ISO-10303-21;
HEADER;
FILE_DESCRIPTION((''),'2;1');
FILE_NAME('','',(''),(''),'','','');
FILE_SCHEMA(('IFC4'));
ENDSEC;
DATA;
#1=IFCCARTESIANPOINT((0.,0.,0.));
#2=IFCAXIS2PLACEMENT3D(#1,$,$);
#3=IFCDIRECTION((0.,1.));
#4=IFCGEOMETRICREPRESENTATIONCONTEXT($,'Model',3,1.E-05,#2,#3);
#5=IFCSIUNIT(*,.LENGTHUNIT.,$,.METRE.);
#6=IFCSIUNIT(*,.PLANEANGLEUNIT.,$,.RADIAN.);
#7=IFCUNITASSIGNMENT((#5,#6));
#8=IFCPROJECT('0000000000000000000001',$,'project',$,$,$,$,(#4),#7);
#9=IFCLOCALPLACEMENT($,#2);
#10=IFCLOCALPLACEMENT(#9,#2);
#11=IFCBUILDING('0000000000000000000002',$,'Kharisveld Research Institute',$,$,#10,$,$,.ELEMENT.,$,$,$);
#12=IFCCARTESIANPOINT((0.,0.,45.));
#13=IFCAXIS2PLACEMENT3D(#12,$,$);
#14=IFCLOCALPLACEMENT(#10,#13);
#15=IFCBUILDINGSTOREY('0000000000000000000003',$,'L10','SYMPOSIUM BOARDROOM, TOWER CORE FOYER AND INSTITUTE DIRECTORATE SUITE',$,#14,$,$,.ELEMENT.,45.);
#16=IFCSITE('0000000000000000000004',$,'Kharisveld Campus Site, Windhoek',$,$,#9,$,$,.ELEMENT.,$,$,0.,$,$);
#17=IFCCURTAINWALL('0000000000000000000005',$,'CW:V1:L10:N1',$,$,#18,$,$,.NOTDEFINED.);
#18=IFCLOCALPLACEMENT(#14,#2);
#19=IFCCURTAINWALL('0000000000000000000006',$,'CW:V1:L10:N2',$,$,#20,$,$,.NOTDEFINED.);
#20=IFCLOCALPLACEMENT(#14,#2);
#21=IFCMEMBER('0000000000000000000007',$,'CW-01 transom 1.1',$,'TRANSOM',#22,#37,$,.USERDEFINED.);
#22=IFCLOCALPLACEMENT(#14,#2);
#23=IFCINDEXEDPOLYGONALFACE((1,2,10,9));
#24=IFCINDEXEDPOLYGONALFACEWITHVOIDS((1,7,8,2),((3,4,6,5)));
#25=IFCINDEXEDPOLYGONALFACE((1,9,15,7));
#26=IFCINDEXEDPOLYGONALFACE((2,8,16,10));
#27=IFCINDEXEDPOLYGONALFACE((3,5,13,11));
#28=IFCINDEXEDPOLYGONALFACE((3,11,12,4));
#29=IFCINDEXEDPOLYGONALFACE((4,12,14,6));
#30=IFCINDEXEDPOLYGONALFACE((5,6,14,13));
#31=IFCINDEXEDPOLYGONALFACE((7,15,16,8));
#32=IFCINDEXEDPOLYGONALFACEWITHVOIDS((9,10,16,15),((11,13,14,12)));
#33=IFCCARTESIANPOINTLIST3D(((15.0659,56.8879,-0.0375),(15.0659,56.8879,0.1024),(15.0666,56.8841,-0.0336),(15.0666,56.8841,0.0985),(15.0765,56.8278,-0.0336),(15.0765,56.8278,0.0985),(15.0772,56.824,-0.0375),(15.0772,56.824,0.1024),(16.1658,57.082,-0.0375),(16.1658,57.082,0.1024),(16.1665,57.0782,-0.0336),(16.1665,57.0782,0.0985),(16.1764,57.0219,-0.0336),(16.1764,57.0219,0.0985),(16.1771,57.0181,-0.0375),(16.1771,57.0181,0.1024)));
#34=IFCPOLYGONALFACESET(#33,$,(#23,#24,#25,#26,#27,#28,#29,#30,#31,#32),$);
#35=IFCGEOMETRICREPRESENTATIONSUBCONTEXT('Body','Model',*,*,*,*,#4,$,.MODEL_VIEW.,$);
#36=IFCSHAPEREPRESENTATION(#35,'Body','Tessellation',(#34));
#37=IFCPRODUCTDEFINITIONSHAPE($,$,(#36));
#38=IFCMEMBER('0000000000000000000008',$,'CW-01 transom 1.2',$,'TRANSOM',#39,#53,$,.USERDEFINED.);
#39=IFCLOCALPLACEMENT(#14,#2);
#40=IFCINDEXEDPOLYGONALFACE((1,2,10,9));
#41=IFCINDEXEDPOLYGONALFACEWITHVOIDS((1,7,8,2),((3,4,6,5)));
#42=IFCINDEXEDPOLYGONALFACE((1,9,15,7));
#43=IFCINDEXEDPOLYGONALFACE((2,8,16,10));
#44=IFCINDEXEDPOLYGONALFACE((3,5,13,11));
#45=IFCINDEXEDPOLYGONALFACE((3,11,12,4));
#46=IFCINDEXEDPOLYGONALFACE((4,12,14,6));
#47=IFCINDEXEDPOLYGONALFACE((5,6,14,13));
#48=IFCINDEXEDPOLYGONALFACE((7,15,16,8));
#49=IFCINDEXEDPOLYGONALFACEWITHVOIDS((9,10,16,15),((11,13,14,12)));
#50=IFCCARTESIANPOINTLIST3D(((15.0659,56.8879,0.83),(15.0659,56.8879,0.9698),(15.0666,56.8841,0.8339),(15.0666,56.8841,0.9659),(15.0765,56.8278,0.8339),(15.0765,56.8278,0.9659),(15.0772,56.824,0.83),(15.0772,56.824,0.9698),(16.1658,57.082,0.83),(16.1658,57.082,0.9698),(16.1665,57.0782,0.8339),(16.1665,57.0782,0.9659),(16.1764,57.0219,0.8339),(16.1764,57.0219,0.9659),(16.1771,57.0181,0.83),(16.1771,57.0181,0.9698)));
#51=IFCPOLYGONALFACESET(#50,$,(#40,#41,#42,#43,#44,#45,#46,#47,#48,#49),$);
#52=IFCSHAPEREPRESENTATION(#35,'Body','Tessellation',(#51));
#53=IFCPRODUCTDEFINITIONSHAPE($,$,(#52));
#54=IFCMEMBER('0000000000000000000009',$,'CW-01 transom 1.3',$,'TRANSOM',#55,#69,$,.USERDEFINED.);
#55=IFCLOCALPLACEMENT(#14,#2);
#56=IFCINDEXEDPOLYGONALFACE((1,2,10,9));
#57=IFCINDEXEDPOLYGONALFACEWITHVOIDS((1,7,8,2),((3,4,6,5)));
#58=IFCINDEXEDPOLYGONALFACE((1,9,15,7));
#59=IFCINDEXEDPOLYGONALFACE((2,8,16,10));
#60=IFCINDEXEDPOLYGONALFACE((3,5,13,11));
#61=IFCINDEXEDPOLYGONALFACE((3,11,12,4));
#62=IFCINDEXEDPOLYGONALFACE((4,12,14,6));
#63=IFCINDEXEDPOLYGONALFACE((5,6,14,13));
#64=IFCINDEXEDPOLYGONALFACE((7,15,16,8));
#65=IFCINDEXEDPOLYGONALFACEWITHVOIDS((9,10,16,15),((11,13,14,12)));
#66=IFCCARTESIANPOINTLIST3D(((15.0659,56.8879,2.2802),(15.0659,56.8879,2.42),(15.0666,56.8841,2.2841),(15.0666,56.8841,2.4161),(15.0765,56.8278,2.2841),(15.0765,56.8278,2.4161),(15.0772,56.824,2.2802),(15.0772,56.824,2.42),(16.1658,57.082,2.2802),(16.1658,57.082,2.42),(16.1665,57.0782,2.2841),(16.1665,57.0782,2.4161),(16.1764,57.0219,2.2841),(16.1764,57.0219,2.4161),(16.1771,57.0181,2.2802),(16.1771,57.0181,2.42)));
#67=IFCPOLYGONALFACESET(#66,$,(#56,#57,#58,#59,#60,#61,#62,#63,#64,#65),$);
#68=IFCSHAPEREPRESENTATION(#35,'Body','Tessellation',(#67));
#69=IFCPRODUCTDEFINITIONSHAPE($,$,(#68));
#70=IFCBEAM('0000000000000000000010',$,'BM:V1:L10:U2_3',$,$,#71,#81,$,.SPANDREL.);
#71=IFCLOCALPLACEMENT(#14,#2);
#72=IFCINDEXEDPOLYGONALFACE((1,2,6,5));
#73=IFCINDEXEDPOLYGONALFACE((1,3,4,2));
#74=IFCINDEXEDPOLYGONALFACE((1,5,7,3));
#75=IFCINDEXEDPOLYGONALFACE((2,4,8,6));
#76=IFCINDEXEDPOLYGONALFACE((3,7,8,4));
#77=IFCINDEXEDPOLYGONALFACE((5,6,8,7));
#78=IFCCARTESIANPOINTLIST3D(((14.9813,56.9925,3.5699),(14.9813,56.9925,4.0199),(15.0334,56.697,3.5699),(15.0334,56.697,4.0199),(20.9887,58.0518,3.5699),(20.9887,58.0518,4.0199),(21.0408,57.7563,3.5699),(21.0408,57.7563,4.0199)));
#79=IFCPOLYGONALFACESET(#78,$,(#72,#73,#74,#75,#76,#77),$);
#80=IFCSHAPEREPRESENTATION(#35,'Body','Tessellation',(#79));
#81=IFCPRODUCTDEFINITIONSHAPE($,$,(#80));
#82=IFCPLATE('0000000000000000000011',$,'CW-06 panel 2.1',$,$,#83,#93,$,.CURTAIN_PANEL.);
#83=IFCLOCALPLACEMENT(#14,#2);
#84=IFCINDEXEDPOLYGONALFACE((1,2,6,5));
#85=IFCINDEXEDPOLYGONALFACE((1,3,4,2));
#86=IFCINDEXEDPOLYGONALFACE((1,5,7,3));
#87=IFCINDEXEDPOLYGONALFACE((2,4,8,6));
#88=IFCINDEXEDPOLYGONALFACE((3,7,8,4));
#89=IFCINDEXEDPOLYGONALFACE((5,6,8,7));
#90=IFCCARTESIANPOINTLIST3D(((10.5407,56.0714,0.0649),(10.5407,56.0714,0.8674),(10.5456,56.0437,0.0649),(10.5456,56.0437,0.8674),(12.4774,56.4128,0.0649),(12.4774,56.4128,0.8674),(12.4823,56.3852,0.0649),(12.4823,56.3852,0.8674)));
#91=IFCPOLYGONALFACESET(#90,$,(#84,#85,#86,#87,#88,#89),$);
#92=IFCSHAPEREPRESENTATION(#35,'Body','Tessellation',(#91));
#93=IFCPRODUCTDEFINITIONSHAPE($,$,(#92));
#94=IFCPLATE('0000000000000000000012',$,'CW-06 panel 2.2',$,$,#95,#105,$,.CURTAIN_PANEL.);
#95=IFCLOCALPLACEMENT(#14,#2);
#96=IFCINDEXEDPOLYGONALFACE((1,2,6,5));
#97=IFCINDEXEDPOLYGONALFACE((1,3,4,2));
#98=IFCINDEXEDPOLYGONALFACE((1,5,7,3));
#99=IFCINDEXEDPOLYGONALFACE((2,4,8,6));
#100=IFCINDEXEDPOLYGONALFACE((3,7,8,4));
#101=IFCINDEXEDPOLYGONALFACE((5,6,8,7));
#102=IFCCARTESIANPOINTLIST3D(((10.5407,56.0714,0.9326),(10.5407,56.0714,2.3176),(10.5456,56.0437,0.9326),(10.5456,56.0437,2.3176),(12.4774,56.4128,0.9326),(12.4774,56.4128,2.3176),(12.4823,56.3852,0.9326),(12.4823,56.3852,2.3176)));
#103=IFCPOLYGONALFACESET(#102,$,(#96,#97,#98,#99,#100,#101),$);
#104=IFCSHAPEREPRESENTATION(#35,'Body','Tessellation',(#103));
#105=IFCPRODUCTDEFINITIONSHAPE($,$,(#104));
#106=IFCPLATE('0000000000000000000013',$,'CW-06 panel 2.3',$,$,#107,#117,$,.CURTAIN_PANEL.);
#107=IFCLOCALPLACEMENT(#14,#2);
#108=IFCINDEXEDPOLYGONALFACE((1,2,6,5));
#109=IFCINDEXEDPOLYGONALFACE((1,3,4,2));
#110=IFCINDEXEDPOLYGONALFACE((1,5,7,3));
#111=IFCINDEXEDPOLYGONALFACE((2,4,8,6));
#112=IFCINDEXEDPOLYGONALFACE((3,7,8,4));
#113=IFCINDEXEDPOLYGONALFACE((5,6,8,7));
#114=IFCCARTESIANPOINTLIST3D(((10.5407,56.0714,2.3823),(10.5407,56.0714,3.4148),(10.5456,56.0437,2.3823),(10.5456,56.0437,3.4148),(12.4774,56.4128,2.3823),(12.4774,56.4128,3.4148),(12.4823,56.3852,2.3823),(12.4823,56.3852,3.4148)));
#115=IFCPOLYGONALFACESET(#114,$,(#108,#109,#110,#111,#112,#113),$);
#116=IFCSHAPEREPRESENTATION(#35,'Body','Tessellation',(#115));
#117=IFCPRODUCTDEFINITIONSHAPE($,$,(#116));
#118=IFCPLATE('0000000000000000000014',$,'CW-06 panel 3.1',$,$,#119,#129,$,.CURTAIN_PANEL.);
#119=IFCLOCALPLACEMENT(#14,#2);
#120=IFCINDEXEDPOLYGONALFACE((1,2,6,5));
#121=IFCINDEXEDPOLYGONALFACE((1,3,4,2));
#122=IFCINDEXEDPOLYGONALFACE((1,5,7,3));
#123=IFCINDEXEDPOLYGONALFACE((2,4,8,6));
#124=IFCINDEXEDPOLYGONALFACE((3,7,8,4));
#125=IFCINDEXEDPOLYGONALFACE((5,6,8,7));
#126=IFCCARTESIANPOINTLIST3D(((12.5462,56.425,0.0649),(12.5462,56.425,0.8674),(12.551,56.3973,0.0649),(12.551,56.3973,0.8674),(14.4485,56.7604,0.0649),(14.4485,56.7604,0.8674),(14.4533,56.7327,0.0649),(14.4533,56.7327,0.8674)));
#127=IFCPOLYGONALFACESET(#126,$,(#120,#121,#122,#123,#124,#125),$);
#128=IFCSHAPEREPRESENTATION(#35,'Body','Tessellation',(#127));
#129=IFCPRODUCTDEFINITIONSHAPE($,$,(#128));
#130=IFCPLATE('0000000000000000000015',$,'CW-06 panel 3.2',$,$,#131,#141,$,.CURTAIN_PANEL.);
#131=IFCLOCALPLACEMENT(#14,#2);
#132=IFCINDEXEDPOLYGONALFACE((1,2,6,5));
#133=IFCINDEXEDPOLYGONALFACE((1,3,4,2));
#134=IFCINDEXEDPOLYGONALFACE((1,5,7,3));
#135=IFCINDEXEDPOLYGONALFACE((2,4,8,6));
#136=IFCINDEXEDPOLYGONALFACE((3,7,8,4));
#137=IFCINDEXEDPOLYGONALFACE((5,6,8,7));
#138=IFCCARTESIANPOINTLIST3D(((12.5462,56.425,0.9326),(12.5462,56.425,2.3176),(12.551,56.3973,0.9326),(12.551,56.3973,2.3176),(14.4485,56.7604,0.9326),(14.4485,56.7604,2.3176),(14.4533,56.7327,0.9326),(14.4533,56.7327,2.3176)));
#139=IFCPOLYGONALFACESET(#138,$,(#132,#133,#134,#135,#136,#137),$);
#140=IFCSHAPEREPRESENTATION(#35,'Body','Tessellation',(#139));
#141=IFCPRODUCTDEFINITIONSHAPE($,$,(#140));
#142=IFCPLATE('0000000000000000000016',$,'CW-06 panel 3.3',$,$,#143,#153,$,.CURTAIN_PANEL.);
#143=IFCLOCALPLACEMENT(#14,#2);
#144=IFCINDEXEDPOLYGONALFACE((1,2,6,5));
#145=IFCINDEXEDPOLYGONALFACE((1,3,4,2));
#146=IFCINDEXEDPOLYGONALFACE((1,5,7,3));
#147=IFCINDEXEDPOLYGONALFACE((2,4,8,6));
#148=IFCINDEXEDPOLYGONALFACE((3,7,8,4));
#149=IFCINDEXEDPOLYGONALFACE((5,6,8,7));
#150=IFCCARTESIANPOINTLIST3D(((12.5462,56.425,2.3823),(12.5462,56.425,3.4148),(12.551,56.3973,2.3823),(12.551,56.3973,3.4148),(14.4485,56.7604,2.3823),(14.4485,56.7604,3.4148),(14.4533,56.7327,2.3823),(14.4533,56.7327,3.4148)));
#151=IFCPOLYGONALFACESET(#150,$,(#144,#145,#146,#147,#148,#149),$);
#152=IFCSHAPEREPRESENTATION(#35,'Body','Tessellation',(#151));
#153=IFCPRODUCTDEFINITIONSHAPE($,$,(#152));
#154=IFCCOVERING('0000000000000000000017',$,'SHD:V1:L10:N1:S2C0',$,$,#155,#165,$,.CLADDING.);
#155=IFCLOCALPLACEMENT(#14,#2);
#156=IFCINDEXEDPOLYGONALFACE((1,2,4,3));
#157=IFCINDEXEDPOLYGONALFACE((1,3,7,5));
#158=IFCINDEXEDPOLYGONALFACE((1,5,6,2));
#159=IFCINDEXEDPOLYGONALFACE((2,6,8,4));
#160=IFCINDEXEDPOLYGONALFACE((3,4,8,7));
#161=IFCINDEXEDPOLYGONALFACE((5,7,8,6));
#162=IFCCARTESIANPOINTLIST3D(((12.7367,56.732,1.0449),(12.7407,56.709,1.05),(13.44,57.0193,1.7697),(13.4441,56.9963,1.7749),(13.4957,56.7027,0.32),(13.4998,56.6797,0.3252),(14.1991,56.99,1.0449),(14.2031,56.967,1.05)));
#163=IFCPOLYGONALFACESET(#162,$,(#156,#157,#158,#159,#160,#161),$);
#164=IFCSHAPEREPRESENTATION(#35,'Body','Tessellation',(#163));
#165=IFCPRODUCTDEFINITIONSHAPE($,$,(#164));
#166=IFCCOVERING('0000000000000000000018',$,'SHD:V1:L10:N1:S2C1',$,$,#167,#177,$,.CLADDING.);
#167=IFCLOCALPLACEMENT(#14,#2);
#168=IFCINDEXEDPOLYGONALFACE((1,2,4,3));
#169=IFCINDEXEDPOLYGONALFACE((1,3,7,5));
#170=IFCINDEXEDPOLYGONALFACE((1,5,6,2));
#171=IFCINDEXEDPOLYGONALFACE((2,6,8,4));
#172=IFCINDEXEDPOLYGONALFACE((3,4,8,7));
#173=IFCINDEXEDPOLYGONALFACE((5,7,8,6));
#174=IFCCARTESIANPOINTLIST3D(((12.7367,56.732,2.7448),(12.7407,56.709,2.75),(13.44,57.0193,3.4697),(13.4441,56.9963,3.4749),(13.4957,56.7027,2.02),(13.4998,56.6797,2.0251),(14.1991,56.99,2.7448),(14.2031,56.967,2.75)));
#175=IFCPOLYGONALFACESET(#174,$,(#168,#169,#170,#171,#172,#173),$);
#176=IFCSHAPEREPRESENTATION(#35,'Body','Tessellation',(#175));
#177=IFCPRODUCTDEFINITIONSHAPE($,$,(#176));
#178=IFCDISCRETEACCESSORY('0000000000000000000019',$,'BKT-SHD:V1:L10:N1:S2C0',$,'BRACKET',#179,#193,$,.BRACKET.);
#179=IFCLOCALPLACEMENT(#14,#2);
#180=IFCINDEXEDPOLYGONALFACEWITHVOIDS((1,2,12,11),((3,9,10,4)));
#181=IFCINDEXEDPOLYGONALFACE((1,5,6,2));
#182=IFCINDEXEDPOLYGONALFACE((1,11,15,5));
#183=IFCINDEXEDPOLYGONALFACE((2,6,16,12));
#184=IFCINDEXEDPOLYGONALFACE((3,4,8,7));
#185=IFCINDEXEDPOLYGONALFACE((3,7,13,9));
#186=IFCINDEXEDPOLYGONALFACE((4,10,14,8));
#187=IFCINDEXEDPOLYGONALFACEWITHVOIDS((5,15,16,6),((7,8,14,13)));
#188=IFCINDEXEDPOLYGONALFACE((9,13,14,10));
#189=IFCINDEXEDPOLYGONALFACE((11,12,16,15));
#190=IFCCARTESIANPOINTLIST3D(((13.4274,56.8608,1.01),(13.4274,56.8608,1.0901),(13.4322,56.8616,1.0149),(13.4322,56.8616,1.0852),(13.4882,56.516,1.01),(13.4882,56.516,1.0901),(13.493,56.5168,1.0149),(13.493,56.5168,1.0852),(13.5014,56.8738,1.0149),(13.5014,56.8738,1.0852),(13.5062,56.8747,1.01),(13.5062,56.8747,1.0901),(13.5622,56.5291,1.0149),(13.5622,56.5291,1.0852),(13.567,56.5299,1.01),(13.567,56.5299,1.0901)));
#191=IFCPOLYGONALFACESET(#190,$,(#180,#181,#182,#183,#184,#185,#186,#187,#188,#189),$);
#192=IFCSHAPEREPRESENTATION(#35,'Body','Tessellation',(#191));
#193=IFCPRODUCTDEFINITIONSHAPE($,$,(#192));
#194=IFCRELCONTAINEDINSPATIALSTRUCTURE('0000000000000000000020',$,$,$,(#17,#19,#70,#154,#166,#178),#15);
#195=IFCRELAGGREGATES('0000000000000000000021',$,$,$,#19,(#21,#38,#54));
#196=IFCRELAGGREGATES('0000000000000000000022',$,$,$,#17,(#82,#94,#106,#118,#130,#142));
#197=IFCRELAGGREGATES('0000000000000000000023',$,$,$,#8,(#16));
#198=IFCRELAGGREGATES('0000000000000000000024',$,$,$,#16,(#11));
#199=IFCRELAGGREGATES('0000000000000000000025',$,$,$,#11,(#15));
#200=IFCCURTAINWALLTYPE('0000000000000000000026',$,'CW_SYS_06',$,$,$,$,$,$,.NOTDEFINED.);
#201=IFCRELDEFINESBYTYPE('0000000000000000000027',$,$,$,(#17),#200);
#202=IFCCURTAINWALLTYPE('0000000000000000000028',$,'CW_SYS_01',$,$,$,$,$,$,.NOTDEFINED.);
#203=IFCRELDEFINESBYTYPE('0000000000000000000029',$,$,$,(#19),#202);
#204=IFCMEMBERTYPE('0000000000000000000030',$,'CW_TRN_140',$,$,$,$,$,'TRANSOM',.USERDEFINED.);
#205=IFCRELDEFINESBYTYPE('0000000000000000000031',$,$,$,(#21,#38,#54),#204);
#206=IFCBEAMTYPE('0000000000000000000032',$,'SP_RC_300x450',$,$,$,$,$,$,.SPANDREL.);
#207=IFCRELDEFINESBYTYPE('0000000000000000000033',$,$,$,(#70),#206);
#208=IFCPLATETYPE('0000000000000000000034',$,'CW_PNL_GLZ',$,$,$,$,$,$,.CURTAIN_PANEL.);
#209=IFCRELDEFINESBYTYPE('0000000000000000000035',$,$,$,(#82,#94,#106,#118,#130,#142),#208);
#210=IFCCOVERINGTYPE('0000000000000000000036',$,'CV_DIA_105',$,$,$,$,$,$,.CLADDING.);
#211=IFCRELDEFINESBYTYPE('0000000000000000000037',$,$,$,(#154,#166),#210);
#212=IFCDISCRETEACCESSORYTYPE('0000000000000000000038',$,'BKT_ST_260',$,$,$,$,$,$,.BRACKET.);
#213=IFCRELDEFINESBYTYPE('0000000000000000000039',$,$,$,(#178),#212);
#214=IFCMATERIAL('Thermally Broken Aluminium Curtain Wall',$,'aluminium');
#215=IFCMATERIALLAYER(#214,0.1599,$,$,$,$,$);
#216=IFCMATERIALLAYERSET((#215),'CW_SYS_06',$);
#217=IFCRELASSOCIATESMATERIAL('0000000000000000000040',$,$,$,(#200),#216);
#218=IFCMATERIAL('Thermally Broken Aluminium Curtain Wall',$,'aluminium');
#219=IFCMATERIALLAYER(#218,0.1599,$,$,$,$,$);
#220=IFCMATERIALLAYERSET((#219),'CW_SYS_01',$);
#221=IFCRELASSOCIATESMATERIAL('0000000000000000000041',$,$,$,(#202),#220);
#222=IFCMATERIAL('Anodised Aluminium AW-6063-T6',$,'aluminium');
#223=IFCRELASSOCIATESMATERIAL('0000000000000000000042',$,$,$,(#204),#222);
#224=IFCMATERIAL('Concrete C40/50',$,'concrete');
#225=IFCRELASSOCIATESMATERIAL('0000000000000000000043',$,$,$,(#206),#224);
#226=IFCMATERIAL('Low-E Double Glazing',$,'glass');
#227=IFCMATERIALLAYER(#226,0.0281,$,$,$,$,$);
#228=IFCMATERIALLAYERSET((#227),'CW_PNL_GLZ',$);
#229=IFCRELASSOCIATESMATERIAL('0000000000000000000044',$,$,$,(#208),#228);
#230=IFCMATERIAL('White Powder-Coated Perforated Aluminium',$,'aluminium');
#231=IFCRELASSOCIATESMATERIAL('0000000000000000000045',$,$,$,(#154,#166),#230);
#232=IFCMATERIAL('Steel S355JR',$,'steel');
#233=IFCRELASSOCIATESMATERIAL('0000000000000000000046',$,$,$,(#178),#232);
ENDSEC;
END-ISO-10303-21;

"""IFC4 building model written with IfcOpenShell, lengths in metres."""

from ifc_helpers import new_model, si_unit, direction, frame, origin, origin_2d, place, context, subcontext, project, spatial, polyline, rectangle, hollow_rectangle, outline, extrude, material, layer, layer_set, material_profile, profile_set, type_object, element, aggregate, save


model = new_model("IFC4")

# Units and contexts
model_context = context("Model", 3, precision=1e-05, world=origin(), true_north=direction((0.0, 1.0)))
body_context = subcontext(model_context, "Body", "Model", "MODEL_VIEW")
ifc_project = project(units=[si_unit("LENGTHUNIT", "METRE"), si_unit("PLANEANGLEUNIT", "RADIAN")], contexts=[model_context])

# Site, building, storey
site_placement = place(None, origin())
site = spatial("IfcSite", under=ifc_project, at=site_placement, Name="Kharisveld Campus Site, Windhoek", CompositionType="ELEMENT", RefElevation=0.0)
building_placement = place(site_placement, origin())
building = spatial("IfcBuilding", under=site, at=building_placement, Name="Kharisveld Research Institute", CompositionType="ELEMENT")
storey_placement = place(building_placement, frame((0.0, 0.0, 45.0)))
storey = spatial("IfcBuildingStorey", under=building, at=storey_placement, Name="L10", Description="SYMPOSIUM BOARDROOM, TOWER CORE FOYER AND INSTITUTE DIRECTORATE SUITE", CompositionType="ELEMENT", Elevation=45.0)

# Curtain wall
ifc_material_1 = material(Name="Thermally Broken Aluminium Curtain Wall", Category="aluminium")
ifc_layer_1 = layer(ifc_material_1, 0.1599)
ifc_layer_set_1 = layer_set([ifc_layer_1], Name="CW_SYS_06")
curtain_wall_type_1 = type_object("IfcCurtainWallType", Name="CW_SYS_06", PredefinedType="NOTDEFINED", material=ifc_layer_set_1)
curtain_wall_1_placement = place(storey_placement, origin())
curtain_wall_1 = element("IfcCurtainWall", 1, at=curtain_wall_1_placement, inside=storey, type_object=curtain_wall_type_1, Name="CW:V1:L10:N1", PredefinedType="NOTDEFINED")

# Curtain wall
ifc_material_2 = material(Name="Thermally Broken Aluminium Curtain Wall", Category="aluminium")
ifc_layer_2 = layer(ifc_material_2, 0.1599)
ifc_layer_set_2 = layer_set([ifc_layer_2], Name="CW_SYS_01")
curtain_wall_type_2 = type_object("IfcCurtainWallType", Name="CW_SYS_01", PredefinedType="NOTDEFINED", material=ifc_layer_set_2)
curtain_wall_2_placement = place(storey_placement, origin())
curtain_wall_2 = element("IfcCurtainWall", 2, at=curtain_wall_2_placement, inside=storey, type_object=curtain_wall_type_2, Name="CW:V1:L10:N2", PredefinedType="NOTDEFINED")

# Members
ifc_material_3 = material(Name="Anodised Aluminium AW-6063-T6", Category="aluminium")
ifc_material_profile_1 = material_profile(ifc_material_3, hollow_rectangle(XDim=0.0649, YDim=0.1399, WallThickness=0.0039, at=origin_2d()))
ifc_profile_set_1 = profile_set([ifc_material_profile_1], Name="Anodised Aluminium AW-6063-T6")
member_type_1 = type_object("IfcMemberType", Name="CW_TRN_140", ElementType="TRANSOM", PredefinedType="USERDEFINED", material=ifc_profile_set_1)
member_1_placement = place(storey_placement, frame((15.0715, 56.856, 0.0325), z_axis=(0.984784, 0.173785, 0.0), x_axis=(-0.173785, 0.984784, 0.0)))
member_1 = element("IfcMember", 3, at=member_1_placement, type_object=member_type_1, Name="CW-01 transom 1.1", ObjectType="TRANSOM", PredefinedType="USERDEFINED", context=body_context, shape_type="SweptSolid", body=[
    extrude(hollow_rectangle(XDim=0.0649, YDim=0.1399, WallThickness=0.0039, at=origin_2d()), origin(), (0.0, 0.0, 1.0), 1.1169),
])
member_2_placement = place(storey_placement, frame((15.0715, 56.856, 0.8999), z_axis=(0.984784, 0.173785, 0.0), x_axis=(-0.173785, 0.984784, 0.0)))
member_2 = element("IfcMember", 4, at=member_2_placement, type_object=member_type_1, Name="CW-01 transom 1.2", ObjectType="TRANSOM", PredefinedType="USERDEFINED", context=body_context, shape_type="SweptSolid", body=[
    extrude(hollow_rectangle(XDim=0.0649, YDim=0.1399, WallThickness=0.0039, at=origin_2d()), origin(), (0.0, 0.0, 1.0), 1.1169),
])
member_3_placement = place(storey_placement, frame((15.0715, 56.856, 2.3501), z_axis=(0.984784, 0.173785, 0.0), x_axis=(-0.173785, 0.984784, 0.0)))
member_3 = element("IfcMember", 5, at=member_3_placement, type_object=member_type_1, Name="CW-01 transom 1.3", ObjectType="TRANSOM", PredefinedType="USERDEFINED", context=body_context, shape_type="SweptSolid", body=[
    extrude(hollow_rectangle(XDim=0.0649, YDim=0.1399, WallThickness=0.0039, at=origin_2d()), origin(), (0.0, 0.0, 1.0), 1.1169),
])
aggregate(curtain_wall_2, [member_1, member_2, member_3])

# Beam
ifc_material_4 = material(Name="Concrete C40/50", Category="concrete")
ifc_material_profile_2 = material_profile(ifc_material_4, rectangle(XDim=0.3, YDim=0.45, at=origin_2d()))
ifc_profile_set_2 = profile_set([ifc_material_profile_2], Name="Concrete C40/50")
beam_type = type_object("IfcBeamType", Name="SP_RC_300x450", PredefinedType="SPANDREL", material=ifc_profile_set_2)
beam_placement = place(storey_placement, frame((15.0073, 56.8447, 3.7949), z_axis=(0.984806, 0.17366, 0.0), x_axis=(-0.17366, 0.984806, 0.0)))
element("IfcBeam", 6, at=beam_placement, inside=storey, type_object=beam_type, Name="BM:V1:L10:U2_3", PredefinedType="SPANDREL", context=body_context, shape_type="SweptSolid", body=[
    extrude(rectangle(XDim=0.3, YDim=0.45, at=origin_2d()), origin(), (0.0, 0.0, 1.0), 6.1001),
])

# Plates
ifc_material_5 = material(Name="Low-E Double Glazing", Category="glass")
ifc_layer_3 = layer(ifc_material_5, 0.0281)
ifc_layer_set_3 = layer_set([ifc_layer_3], Name="CW_PNL_GLZ")
plate_type = type_object("IfcPlateType", Name="CW_PNL_GLZ", PredefinedType="CURTAIN_PANEL", material=ifc_layer_set_3)
plate_1_placement = place(storey_placement, frame((11.5115, 56.2283, 0.0649), z_axis=(0.0, 0.0, 1.0), x_axis=(0.984808, 0.173648, 0.0)))
plate_1 = element("IfcPlate", 7, at=plate_1_placement, type_object=plate_type, Name="CW-06 panel 2.1", PredefinedType="CURTAIN_PANEL", context=body_context, shape_type="SweptSolid", body=[
    extrude(rectangle(XDim=1.9666, YDim=0.0281, at=origin_2d()), origin(), (0.0, 0.0, 1.0), 0.8025),
])
plate_2_placement = place(storey_placement, frame((11.5115, 56.2283, 0.9326), z_axis=(0.0, 0.0, 1.0), x_axis=(0.984808, 0.173648, 0.0)))
plate_2 = element("IfcPlate", 8, at=plate_2_placement, type_object=plate_type, Name="CW-06 panel 2.2", PredefinedType="CURTAIN_PANEL", context=body_context, shape_type="SweptSolid", body=[
    extrude(rectangle(XDim=1.9666, YDim=0.0281, at=origin_2d()), origin(), (0.0, 0.0, 1.0), 1.385),
])
plate_3_placement = place(storey_placement, frame((11.5115, 56.2283, 2.3823), z_axis=(0.0, 0.0, 1.0), x_axis=(0.984808, 0.173648, 0.0)))
plate_3 = element("IfcPlate", 9, at=plate_3_placement, type_object=plate_type, Name="CW-06 panel 2.3", PredefinedType="CURTAIN_PANEL", context=body_context, shape_type="SweptSolid", body=[
    extrude(rectangle(XDim=1.9666, YDim=0.0281, at=origin_2d()), origin(), (0.0, 0.0, 1.0), 1.0325),
])
plate_4_placement = place(storey_placement, frame((13.4998, 56.5789, 0.0649), z_axis=(0.0, 0.0, 1.0), x_axis=(0.984808, 0.173648, 0.0)))
plate_4 = element("IfcPlate", 10, at=plate_4_placement, type_object=plate_type, Name="CW-06 panel 3.1", PredefinedType="CURTAIN_PANEL", context=body_context, shape_type="SweptSolid", body=[
    extrude(rectangle(XDim=1.9316, YDim=0.0281, at=origin_2d()), origin(), (0.0, 0.0, 1.0), 0.8025),
])
plate_5_placement = place(storey_placement, frame((13.4998, 56.5789, 0.9326), z_axis=(0.0, 0.0, 1.0), x_axis=(0.984808, 0.173648, 0.0)))
plate_5 = element("IfcPlate", 11, at=plate_5_placement, type_object=plate_type, Name="CW-06 panel 3.2", PredefinedType="CURTAIN_PANEL", context=body_context, shape_type="SweptSolid", body=[
    extrude(rectangle(XDim=1.9316, YDim=0.0281, at=origin_2d()), origin(), (0.0, 0.0, 1.0), 1.385),
])
plate_6_placement = place(storey_placement, frame((13.4998, 56.5789, 2.3823), z_axis=(0.0, 0.0, 1.0), x_axis=(0.984808, 0.173648, 0.0)))
plate_6 = element("IfcPlate", 12, at=plate_6_placement, type_object=plate_type, Name="CW-06 panel 3.3", PredefinedType="CURTAIN_PANEL", context=body_context, shape_type="SweptSolid", body=[
    extrude(rectangle(XDim=1.9316, YDim=0.0281, at=origin_2d()), origin(), (0.0, 0.0, 1.0), 1.0325),
])
aggregate(curtain_wall_1, [plate_1, plate_2, plate_3, plate_4, plate_5, plate_6])

# Coverings
ifc_material_6 = material(Name="White Powder-Coated Perforated Aluminium", Category="aluminium")
covering_type = type_object("IfcCoveringType", Name="CV_DIA_105", PredefinedType="CLADDING")
for number, where, z_axis, x_axis, name in (
    (13, (13.4998, 56.6797, 0.3252), (0.169654, -0.961426, 0.216512), (0.669811, 0.273644, 0.69027), "SHD:V1:L10:N1:S2C0"),
    (14, (13.4998, 56.6797, 2.0251), (0.169654, -0.961426, 0.216512), (0.669811, 0.273644, 0.69027), "SHD:V1:L10:N1:S2C1"),
):
    element("IfcCovering", number, at=place(storey_placement, frame(where, z_axis=z_axis, x_axis=x_axis)), inside=storey, type_object=covering_type, material=ifc_material_6, Name=name, PredefinedType="CLADDING", context=body_context, shape_type="SweptSolid", body=[
        extrude(outline(polyline([(0.0, 0.0), (1.0501, 0.0), (1.0501, 1.05), (0.0, 1.05), (0.0, 0.0)])), origin(), (0.0, 0.0, -1.0), 0.0239),
    ])

# Discrete accessory
ifc_material_7 = material(Name="Steel S355JR", Category="steel")
discrete_accessory_type = type_object("IfcDiscreteAccessoryType", Name="BKT_ST_260", PredefinedType="BRACKET")
for number, where, z_axis, x_axis, name in (
    (15, (13.5276, 56.5229, 1.05), (-0.173666, 0.984805, 0.0), (-0.984805, -0.173666, 0.0), "BKT-SHD:V1:L10:N1:S2C0"),
):
    element("IfcDiscreteAccessory", number, at=place(storey_placement, frame(where, z_axis=z_axis, x_axis=x_axis)), inside=storey, type_object=discrete_accessory_type, material=ifc_material_7, Name=name, ObjectType="BRACKET", PredefinedType="BRACKET", context=body_context, shape_type="SweptSolid", body=[
        extrude(hollow_rectangle(XDim=0.0801, YDim=0.0801, WallThickness=0.0049, at=origin_2d()), origin(), (0.0, 0.0, 1.0), 0.3501),
    ])

save(model, "model.ifc")
